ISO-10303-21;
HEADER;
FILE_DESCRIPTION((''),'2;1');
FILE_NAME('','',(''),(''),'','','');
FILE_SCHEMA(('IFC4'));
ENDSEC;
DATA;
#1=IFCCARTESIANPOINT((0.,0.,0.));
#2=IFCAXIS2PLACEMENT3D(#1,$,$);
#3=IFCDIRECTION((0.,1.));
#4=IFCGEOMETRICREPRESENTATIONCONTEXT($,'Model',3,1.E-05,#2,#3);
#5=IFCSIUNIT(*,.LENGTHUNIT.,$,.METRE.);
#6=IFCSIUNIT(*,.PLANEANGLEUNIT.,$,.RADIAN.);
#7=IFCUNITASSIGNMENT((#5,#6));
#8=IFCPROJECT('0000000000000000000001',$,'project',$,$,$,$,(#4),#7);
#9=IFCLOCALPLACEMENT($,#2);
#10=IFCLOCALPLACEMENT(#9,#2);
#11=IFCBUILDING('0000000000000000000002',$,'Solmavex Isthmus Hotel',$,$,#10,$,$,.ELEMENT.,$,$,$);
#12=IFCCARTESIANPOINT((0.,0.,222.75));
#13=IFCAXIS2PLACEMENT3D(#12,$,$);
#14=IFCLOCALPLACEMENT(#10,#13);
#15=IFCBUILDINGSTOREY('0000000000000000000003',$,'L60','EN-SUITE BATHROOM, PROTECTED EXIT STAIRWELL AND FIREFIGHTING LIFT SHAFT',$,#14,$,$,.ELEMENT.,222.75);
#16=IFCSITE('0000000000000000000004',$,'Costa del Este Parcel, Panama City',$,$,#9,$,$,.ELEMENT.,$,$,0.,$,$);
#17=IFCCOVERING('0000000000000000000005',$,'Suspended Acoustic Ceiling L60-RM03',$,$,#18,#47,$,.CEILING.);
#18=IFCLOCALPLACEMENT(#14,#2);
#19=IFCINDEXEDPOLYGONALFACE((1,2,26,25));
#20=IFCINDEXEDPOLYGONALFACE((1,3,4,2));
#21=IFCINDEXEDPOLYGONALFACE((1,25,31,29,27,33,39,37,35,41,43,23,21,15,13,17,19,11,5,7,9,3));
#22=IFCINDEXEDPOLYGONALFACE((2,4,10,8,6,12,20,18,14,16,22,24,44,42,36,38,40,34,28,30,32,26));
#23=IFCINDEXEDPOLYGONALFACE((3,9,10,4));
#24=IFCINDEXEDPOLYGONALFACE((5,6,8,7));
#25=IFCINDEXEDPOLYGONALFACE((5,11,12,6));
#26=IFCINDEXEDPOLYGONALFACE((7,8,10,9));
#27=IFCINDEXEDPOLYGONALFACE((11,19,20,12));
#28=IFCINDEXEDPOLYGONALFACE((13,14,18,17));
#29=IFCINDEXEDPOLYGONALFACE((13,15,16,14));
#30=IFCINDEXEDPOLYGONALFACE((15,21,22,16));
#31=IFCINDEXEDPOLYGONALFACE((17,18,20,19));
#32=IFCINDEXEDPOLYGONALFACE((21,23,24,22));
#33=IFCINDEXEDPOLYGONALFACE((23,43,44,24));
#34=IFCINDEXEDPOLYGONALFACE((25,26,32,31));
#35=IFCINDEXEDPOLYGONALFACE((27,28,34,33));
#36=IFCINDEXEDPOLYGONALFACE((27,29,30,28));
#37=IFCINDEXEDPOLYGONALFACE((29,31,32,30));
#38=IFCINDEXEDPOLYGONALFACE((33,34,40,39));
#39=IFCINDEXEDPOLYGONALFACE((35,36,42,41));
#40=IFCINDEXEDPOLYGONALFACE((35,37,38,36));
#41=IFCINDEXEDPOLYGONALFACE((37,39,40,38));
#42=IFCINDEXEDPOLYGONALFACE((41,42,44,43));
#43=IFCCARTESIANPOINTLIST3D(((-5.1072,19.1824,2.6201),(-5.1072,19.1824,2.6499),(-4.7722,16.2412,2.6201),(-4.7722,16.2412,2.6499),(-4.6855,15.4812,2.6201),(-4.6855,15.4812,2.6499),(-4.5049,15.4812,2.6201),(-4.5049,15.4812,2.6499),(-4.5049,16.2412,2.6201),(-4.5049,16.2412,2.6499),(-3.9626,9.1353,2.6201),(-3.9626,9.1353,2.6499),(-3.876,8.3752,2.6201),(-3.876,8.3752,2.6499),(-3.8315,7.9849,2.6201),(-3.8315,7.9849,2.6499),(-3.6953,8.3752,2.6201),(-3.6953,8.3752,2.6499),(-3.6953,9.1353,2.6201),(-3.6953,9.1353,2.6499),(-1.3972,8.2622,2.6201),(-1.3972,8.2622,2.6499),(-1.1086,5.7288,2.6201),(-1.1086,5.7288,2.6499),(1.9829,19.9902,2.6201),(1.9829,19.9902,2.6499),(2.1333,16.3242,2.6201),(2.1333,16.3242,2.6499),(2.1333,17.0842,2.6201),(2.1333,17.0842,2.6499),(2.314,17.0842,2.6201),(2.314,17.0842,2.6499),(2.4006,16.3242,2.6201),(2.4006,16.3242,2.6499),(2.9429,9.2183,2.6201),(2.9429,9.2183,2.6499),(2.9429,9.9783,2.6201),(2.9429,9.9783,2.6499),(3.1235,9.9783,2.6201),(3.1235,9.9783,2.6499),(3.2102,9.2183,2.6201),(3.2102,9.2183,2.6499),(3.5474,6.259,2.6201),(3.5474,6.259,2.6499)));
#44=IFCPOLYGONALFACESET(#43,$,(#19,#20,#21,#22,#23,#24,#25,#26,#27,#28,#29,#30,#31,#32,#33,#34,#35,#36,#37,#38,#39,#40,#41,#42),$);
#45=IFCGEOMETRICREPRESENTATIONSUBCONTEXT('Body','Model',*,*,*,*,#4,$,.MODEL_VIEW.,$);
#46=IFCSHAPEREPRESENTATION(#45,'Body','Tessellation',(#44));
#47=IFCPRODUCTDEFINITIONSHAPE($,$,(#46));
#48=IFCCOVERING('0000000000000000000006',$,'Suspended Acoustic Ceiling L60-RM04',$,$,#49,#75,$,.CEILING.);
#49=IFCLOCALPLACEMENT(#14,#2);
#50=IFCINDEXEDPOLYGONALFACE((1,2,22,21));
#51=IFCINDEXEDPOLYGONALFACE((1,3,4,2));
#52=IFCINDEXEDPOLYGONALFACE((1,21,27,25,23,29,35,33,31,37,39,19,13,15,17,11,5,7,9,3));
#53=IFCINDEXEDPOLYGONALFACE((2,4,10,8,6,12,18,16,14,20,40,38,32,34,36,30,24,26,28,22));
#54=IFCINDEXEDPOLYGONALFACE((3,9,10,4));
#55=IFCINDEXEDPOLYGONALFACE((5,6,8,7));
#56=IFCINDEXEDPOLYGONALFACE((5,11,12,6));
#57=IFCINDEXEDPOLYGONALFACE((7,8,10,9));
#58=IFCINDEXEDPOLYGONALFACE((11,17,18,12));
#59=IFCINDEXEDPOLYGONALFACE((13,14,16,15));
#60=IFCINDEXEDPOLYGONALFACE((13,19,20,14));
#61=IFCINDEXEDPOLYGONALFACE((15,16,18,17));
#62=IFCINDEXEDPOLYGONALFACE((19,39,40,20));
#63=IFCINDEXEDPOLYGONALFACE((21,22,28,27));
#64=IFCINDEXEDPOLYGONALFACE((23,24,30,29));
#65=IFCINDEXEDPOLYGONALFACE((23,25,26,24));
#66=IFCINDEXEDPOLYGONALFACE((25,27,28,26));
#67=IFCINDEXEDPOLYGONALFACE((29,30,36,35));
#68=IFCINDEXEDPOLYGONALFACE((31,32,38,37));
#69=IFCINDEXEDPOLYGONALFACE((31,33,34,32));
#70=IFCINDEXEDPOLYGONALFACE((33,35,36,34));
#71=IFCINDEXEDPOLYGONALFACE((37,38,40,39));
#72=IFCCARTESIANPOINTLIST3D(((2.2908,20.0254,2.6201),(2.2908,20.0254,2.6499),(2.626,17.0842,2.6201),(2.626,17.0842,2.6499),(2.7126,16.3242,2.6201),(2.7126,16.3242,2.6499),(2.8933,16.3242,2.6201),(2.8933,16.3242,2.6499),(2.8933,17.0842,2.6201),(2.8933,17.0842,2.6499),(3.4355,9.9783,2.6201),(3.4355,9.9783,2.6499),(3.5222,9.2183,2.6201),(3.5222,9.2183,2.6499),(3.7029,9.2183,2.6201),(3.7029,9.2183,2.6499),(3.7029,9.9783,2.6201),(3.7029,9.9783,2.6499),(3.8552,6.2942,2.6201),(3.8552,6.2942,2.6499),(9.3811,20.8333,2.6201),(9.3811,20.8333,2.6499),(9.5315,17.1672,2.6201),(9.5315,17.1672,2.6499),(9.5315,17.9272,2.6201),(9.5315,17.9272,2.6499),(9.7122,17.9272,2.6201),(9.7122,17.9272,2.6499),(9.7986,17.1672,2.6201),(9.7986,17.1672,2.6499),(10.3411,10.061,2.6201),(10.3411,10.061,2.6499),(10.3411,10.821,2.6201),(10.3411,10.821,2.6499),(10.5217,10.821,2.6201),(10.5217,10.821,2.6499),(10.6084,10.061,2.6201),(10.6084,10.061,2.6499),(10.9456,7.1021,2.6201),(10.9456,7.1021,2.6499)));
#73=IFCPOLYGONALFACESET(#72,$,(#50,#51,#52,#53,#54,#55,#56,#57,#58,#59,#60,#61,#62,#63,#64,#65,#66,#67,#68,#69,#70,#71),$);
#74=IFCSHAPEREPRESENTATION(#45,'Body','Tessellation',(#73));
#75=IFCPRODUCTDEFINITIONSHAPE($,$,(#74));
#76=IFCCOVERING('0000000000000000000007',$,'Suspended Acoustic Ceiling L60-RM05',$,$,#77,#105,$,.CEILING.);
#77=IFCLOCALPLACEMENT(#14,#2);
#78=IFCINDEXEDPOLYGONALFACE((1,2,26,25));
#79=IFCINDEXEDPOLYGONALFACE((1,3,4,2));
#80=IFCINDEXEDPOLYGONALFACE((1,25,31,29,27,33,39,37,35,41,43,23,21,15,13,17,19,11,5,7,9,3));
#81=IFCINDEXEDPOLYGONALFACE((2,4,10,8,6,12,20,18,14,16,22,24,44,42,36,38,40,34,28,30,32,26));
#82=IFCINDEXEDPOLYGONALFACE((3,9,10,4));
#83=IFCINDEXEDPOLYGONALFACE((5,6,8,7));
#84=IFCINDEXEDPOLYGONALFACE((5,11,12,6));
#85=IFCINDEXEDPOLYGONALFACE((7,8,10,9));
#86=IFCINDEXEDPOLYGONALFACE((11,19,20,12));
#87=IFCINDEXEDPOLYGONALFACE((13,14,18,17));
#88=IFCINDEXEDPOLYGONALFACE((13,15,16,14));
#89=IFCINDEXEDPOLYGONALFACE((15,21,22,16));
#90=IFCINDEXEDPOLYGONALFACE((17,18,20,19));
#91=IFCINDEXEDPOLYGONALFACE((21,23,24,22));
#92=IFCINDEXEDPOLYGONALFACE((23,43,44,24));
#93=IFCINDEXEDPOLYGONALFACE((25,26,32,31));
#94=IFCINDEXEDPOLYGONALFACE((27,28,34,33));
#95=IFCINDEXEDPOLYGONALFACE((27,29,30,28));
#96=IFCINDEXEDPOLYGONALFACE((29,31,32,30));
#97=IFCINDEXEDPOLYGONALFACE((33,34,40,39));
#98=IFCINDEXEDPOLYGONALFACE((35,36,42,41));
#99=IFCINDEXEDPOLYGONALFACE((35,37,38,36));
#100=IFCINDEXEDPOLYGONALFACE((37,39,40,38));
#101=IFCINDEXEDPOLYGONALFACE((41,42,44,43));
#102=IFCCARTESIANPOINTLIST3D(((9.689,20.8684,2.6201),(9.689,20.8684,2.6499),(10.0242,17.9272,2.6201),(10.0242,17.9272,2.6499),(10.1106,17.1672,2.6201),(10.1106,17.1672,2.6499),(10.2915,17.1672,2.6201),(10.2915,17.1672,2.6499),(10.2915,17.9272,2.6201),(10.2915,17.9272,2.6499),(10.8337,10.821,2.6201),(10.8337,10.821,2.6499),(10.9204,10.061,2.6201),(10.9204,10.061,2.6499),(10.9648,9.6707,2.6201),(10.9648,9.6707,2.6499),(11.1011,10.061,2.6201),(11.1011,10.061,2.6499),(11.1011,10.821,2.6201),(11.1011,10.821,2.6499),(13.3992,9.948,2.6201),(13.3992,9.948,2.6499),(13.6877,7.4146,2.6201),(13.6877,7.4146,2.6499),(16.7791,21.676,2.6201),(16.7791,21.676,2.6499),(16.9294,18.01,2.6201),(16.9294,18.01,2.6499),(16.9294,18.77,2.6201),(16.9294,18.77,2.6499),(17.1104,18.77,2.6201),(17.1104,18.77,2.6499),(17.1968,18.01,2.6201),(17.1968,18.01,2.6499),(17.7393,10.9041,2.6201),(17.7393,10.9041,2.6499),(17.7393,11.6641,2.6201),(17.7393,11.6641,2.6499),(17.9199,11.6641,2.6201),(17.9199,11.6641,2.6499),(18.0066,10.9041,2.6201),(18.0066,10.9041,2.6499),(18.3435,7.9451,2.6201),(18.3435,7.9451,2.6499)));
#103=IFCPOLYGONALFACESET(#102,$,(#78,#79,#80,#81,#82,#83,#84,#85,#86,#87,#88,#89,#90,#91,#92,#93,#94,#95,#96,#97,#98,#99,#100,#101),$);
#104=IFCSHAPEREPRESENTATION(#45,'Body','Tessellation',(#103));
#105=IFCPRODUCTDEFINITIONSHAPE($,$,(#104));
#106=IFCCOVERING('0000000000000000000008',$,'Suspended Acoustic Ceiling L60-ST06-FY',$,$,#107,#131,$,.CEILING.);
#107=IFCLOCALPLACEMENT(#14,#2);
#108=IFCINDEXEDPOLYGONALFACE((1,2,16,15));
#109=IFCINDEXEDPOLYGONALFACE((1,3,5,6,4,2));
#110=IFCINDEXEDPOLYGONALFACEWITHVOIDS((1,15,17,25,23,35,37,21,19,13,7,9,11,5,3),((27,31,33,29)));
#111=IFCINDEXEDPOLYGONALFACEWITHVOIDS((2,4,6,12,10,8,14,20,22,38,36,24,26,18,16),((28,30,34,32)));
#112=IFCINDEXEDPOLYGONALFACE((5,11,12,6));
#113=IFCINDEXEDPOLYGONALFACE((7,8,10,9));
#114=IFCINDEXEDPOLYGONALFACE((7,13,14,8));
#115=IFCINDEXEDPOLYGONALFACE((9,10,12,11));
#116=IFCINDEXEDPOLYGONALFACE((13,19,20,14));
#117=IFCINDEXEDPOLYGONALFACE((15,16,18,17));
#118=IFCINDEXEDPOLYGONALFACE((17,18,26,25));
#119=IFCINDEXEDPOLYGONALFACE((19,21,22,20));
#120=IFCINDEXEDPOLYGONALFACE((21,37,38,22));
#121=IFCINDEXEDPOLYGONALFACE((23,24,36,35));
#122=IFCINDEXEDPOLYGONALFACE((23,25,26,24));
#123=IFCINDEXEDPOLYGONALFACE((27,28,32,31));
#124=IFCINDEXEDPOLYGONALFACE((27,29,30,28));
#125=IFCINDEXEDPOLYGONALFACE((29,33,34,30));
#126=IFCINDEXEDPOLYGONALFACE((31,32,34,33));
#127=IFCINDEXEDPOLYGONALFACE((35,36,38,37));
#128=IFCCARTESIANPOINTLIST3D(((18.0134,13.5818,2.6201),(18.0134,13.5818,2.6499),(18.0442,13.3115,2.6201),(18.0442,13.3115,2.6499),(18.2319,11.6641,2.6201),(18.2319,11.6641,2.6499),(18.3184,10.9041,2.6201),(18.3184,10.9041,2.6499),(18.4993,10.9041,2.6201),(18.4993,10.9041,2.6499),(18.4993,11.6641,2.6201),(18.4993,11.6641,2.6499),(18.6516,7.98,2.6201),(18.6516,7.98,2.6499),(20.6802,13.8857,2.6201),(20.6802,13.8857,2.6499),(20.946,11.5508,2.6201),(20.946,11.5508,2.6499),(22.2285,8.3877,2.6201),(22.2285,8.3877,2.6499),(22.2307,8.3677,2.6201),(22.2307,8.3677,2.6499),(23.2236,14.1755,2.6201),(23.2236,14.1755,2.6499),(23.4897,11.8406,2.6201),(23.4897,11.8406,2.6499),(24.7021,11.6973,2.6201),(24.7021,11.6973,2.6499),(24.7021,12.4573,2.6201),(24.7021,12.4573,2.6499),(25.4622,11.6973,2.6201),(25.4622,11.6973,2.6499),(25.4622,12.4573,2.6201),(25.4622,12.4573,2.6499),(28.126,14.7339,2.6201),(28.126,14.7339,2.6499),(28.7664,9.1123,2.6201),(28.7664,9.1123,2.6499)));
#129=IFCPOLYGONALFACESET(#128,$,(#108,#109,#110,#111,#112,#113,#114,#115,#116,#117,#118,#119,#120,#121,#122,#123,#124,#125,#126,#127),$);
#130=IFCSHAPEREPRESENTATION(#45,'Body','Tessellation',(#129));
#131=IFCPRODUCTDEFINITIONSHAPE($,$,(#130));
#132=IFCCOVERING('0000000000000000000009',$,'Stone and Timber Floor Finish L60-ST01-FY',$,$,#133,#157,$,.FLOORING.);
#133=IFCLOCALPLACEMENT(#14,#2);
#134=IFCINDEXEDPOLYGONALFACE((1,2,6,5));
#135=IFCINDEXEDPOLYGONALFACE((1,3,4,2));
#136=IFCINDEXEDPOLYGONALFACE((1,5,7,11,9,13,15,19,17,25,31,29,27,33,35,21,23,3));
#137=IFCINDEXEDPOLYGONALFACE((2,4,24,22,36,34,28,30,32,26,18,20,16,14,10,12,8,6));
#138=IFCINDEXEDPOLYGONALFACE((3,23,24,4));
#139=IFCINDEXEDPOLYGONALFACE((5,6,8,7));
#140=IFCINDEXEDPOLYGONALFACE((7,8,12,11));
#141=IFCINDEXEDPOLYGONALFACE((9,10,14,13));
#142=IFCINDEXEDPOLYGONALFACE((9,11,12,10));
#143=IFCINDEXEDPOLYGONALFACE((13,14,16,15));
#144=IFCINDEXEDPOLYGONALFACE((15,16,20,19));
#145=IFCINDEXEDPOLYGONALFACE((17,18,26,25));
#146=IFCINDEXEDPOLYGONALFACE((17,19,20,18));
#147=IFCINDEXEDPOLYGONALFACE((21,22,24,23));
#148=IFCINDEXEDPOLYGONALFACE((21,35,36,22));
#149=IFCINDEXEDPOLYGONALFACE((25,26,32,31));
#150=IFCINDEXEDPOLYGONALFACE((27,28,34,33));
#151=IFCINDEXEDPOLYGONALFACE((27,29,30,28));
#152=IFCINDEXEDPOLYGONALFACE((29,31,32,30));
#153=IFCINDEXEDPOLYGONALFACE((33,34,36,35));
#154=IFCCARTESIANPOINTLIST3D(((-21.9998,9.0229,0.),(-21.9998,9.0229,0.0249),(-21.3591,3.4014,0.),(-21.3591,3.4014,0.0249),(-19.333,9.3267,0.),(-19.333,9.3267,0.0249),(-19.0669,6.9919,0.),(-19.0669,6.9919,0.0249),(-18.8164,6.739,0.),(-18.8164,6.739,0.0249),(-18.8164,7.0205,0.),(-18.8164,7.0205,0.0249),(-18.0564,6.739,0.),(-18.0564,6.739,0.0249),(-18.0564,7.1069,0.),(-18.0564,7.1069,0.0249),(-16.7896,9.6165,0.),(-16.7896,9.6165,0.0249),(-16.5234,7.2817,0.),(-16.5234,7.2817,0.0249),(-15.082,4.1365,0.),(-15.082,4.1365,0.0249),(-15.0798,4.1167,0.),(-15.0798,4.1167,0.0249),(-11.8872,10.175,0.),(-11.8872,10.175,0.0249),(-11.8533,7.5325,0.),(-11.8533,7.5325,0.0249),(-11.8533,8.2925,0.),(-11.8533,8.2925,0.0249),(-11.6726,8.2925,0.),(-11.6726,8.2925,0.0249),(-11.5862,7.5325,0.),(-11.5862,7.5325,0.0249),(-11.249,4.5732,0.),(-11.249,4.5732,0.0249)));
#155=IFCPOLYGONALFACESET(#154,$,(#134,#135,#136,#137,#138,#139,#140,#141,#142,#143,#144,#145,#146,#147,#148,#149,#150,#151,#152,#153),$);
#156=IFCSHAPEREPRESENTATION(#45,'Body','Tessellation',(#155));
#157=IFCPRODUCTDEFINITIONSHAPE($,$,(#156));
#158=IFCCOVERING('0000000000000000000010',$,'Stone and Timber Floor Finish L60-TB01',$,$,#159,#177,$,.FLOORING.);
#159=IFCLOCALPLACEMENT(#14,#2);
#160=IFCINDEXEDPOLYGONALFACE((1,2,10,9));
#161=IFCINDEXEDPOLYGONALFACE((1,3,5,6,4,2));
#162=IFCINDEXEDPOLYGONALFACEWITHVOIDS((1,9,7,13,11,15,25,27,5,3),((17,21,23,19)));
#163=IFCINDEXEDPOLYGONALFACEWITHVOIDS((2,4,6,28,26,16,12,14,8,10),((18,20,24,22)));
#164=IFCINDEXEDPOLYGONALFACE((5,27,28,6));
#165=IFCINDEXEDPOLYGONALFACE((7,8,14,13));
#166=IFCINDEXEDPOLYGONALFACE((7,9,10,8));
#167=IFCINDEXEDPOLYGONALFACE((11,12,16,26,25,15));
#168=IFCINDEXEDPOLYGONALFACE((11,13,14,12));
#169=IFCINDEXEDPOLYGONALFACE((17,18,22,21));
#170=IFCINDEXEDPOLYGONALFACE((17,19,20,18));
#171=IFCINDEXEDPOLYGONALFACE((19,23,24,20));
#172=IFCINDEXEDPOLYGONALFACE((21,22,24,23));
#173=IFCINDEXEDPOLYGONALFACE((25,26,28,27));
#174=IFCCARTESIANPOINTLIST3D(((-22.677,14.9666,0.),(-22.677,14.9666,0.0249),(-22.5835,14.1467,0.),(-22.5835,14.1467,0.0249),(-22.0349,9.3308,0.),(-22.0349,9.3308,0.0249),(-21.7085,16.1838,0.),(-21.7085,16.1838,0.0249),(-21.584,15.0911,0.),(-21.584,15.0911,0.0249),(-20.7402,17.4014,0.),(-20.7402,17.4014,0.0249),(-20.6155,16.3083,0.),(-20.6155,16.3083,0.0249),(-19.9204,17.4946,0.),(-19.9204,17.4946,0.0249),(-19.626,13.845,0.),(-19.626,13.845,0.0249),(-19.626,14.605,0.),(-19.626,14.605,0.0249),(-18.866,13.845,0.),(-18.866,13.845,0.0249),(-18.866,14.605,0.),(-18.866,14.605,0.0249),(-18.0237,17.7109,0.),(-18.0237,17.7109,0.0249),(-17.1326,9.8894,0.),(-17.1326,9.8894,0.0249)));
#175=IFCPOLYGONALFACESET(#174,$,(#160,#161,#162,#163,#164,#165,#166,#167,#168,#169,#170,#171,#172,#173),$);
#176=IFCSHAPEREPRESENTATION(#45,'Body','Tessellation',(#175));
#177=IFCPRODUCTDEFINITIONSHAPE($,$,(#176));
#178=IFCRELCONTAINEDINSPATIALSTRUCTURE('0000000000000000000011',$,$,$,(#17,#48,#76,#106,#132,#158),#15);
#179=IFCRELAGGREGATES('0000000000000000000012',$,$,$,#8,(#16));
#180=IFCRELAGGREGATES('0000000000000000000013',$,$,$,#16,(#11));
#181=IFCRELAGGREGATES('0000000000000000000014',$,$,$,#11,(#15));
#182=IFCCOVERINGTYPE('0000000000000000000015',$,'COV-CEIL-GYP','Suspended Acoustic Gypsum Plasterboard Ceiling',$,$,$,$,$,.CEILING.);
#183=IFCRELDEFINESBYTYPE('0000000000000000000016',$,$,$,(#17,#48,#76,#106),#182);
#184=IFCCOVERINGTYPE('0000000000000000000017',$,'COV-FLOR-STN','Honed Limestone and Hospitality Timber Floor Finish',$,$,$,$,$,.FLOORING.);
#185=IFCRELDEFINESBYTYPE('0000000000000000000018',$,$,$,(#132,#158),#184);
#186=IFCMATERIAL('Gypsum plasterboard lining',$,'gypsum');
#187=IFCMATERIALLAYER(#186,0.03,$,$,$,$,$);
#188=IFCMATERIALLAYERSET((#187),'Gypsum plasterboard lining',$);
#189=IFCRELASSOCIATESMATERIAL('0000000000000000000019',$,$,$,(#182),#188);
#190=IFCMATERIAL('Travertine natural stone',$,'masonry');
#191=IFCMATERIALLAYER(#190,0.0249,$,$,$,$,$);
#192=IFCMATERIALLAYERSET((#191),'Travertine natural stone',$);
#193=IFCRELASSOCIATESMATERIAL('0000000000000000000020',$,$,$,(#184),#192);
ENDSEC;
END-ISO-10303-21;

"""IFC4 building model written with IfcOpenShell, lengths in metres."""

from ifc_helpers import new_model, si_unit, direction, frame, origin, place, context, subcontext, project, spatial, polyline, outline, extrude, material, layer, layer_set, type_object, element, save


model = new_model("IFC4")

# Units and contexts
model_context = context("Model", 3, precision=1e-05, world=origin(), true_north=direction((0.0, 1.0)))
body_context = subcontext(model_context, "Body", "Model", "MODEL_VIEW")
ifc_project = project(units=[si_unit("LENGTHUNIT", "METRE"), si_unit("PLANEANGLEUNIT", "RADIAN")], contexts=[model_context])

# Site, building, storey
site_placement = place(None, origin())
site = spatial("IfcSite", under=ifc_project, at=site_placement, Name="Costa del Este Parcel, Panama City", CompositionType="ELEMENT", RefElevation=0.0)
building_placement = place(site_placement, origin())
building = spatial("IfcBuilding", under=site, at=building_placement, Name="Solmavex Isthmus Hotel", CompositionType="ELEMENT")
storey_placement = place(building_placement, frame((0.0, 0.0, 222.75)))
storey = spatial("IfcBuildingStorey", under=building, at=storey_placement, Name="L60", Description="EN-SUITE BATHROOM, PROTECTED EXIT STAIRWELL AND FIREFIGHTING LIFT SHAFT", CompositionType="ELEMENT", Elevation=222.75)

# Shared definitions
ifc_material_1 = material(Name="Gypsum plasterboard lining", Category="gypsum")

# Coverings
ifc_layer_1 = layer(ifc_material_1, 0.03)
ifc_layer_set_1 = layer_set([ifc_layer_1], Name="Gypsum plasterboard lining")
covering_type_1 = type_object("IfcCoveringType", Name="COV-CEIL-GYP", Description="Suspended Acoustic Gypsum Plasterboard Ceiling", PredefinedType="CEILING", material=ifc_layer_set_1)
covering_1_placement = place(storey_placement, frame((0.0, 0.0, 2.6201)))
element("IfcCovering", 1, at=covering_1_placement, inside=storey, type_object=covering_type_1, Name="Suspended Acoustic Ceiling L60-RM03", PredefinedType="CEILING", context=body_context, shape_type="SweptSolid", body=[
    extrude(outline(polyline([(-3.9626, 9.1353), (-3.6953, 9.1353), (-3.6953, 8.3752), (-3.876, 8.3752), (-3.8315, 7.9849), (-1.3972, 8.2622), (-1.1086, 5.7288), (3.5474, 6.259), (3.2102, 9.2183), (2.9429, 9.2183), (2.9429, 9.9783), (3.1235, 9.9783), (2.4006, 16.3242), (2.1333, 16.3242), (2.1333, 17.0842), (2.314, 17.0842), (1.9829, 19.9902), (-5.1072, 19.1824), (-4.7722, 16.2412), (-4.5049, 16.2412), (-4.5049, 15.4812), (-4.6855, 15.4812), (-3.9626, 9.1353)])), origin(), (0.0, 0.0, 1.0), 0.0298),
])
covering_2_placement = place(storey_placement, frame((0.0, 0.0, 2.6201)))
element("IfcCovering", 2, at=covering_2_placement, inside=storey, type_object=covering_type_1, Name="Suspended Acoustic Ceiling L60-RM04", PredefinedType="CEILING", context=body_context, shape_type="SweptSolid", body=[
    extrude(outline(polyline([(3.4355, 9.9783), (3.7029, 9.9783), (3.7029, 9.2183), (3.5222, 9.2183), (3.8552, 6.2942), (10.9456, 7.1021), (10.6084, 10.061), (10.3411, 10.061), (10.3411, 10.821), (10.5217, 10.821), (9.7986, 17.1672), (9.5315, 17.1672), (9.5315, 17.9272), (9.7122, 17.9272), (9.3811, 20.8333), (2.2908, 20.0254), (2.626, 17.0842), (2.8933, 17.0842), (2.8933, 16.3242), (2.7126, 16.3242), (3.4355, 9.9783)])), origin(), (0.0, 0.0, 1.0), 0.0298),
])
covering_3_placement = place(storey_placement, frame((0.0, 0.0, 2.6201)))
element("IfcCovering", 3, at=covering_3_placement, inside=storey, type_object=covering_type_1, Name="Suspended Acoustic Ceiling L60-RM05", PredefinedType="CEILING", context=body_context, shape_type="SweptSolid", body=[
    extrude(outline(polyline([(10.8337, 10.821), (11.1011, 10.821), (11.1011, 10.061), (10.9204, 10.061), (10.9648, 9.6707), (13.3992, 9.948), (13.6877, 7.4146), (18.3435, 7.9451), (18.0066, 10.9041), (17.7393, 10.9041), (17.7393, 11.6641), (17.9199, 11.6641), (17.1968, 18.01), (16.9294, 18.01), (16.9294, 18.77), (17.1104, 18.77), (16.7791, 21.676), (9.689, 20.8684), (10.0242, 17.9272), (10.2915, 17.9272), (10.2915, 17.1672), (10.1106, 17.1672), (10.8337, 10.821)])), origin(), (0.0, 0.0, 1.0), 0.0298),
])
covering_4_placement = place(storey_placement, frame((0.0, 0.0, 2.6201)))
element("IfcCovering", 4, at=covering_4_placement, inside=storey, type_object=covering_type_1, Name="Suspended Acoustic Ceiling L60-ST06-FY", PredefinedType="CEILING", context=body_context, shape_type="SweptSolid", body=[
    extrude(outline(polyline([(20.6802, 13.8857), (18.0134, 13.5818), (18.0442, 13.3115), (18.2319, 11.6641), (18.4993, 11.6641), (18.4993, 10.9041), (18.3184, 10.9041), (18.6516, 7.98), (22.2285, 8.3877), (22.2307, 8.3677), (28.7664, 9.1123), (28.126, 14.7339), (23.2236, 14.1755), (23.4897, 11.8406), (20.946, 11.5508), (20.6802, 13.8857)]), holes=[polyline([(24.7021, 11.6973), (24.7021, 12.4573), (25.4622, 12.4573), (25.4622, 11.6973), (24.7021, 11.6973)])]), origin(), (0.0, 0.0, 1.0), 0.0298),
])
ifc_material_2 = material(Name="Travertine natural stone", Category="masonry")
ifc_layer_2 = layer(ifc_material_2, 0.0249)
ifc_layer_set_2 = layer_set([ifc_layer_2], Name="Travertine natural stone")
covering_type_2 = type_object("IfcCoveringType", Name="COV-FLOR-STN", Description="Honed Limestone and Hospitality Timber Floor Finish", PredefinedType="FLOORING", material=ifc_layer_set_2)
covering_5_placement = place(storey_placement, origin())
element("IfcCovering", 5, at=covering_5_placement, inside=storey, type_object=covering_type_2, Name="Stone and Timber Floor Finish L60-ST01-FY", PredefinedType="FLOORING", context=body_context, shape_type="SweptSolid", body=[
    extrude(outline(polyline([(-18.0564, 7.1069), (-18.0564, 6.739), (-18.8164, 6.739), (-18.8164, 7.0205), (-19.0669, 6.9919), (-19.333, 9.3267), (-21.9998, 9.0229), (-21.3591, 3.4014), (-15.0798, 4.1167), (-15.082, 4.1365), (-11.249, 4.5732), (-11.5862, 7.5325), (-11.8533, 7.5325), (-11.8533, 8.2925), (-11.6726, 8.2925), (-11.8872, 10.175), (-16.7896, 9.6165), (-16.5234, 7.2817), (-18.0564, 7.1069)])), origin(), (0.0, 0.0, 1.0), 0.0249),
])
covering_6_placement = place(storey_placement, origin())
element("IfcCovering", 6, at=covering_6_placement, inside=storey, type_object=covering_type_2, Name="Stone and Timber Floor Finish L60-TB01", PredefinedType="FLOORING", context=body_context, shape_type="SweptSolid", body=[
    extrude(outline(polyline([(-22.677, 14.9666), (-22.5835, 14.1467), (-22.0349, 9.3308), (-17.1326, 9.8894), (-18.0237, 17.7109), (-19.9204, 17.4946), (-20.7402, 17.4014), (-20.6155, 16.3083), (-21.7085, 16.1838), (-21.584, 15.0911), (-22.677, 14.9666)]), holes=[polyline([(-19.626, 13.845), (-19.626, 14.605), (-18.866, 14.605), (-18.866, 13.845), (-19.626, 13.845)])]), origin(), (0.0, 0.0, 1.0), 0.0249),
])

save(model, "model.ifc")
